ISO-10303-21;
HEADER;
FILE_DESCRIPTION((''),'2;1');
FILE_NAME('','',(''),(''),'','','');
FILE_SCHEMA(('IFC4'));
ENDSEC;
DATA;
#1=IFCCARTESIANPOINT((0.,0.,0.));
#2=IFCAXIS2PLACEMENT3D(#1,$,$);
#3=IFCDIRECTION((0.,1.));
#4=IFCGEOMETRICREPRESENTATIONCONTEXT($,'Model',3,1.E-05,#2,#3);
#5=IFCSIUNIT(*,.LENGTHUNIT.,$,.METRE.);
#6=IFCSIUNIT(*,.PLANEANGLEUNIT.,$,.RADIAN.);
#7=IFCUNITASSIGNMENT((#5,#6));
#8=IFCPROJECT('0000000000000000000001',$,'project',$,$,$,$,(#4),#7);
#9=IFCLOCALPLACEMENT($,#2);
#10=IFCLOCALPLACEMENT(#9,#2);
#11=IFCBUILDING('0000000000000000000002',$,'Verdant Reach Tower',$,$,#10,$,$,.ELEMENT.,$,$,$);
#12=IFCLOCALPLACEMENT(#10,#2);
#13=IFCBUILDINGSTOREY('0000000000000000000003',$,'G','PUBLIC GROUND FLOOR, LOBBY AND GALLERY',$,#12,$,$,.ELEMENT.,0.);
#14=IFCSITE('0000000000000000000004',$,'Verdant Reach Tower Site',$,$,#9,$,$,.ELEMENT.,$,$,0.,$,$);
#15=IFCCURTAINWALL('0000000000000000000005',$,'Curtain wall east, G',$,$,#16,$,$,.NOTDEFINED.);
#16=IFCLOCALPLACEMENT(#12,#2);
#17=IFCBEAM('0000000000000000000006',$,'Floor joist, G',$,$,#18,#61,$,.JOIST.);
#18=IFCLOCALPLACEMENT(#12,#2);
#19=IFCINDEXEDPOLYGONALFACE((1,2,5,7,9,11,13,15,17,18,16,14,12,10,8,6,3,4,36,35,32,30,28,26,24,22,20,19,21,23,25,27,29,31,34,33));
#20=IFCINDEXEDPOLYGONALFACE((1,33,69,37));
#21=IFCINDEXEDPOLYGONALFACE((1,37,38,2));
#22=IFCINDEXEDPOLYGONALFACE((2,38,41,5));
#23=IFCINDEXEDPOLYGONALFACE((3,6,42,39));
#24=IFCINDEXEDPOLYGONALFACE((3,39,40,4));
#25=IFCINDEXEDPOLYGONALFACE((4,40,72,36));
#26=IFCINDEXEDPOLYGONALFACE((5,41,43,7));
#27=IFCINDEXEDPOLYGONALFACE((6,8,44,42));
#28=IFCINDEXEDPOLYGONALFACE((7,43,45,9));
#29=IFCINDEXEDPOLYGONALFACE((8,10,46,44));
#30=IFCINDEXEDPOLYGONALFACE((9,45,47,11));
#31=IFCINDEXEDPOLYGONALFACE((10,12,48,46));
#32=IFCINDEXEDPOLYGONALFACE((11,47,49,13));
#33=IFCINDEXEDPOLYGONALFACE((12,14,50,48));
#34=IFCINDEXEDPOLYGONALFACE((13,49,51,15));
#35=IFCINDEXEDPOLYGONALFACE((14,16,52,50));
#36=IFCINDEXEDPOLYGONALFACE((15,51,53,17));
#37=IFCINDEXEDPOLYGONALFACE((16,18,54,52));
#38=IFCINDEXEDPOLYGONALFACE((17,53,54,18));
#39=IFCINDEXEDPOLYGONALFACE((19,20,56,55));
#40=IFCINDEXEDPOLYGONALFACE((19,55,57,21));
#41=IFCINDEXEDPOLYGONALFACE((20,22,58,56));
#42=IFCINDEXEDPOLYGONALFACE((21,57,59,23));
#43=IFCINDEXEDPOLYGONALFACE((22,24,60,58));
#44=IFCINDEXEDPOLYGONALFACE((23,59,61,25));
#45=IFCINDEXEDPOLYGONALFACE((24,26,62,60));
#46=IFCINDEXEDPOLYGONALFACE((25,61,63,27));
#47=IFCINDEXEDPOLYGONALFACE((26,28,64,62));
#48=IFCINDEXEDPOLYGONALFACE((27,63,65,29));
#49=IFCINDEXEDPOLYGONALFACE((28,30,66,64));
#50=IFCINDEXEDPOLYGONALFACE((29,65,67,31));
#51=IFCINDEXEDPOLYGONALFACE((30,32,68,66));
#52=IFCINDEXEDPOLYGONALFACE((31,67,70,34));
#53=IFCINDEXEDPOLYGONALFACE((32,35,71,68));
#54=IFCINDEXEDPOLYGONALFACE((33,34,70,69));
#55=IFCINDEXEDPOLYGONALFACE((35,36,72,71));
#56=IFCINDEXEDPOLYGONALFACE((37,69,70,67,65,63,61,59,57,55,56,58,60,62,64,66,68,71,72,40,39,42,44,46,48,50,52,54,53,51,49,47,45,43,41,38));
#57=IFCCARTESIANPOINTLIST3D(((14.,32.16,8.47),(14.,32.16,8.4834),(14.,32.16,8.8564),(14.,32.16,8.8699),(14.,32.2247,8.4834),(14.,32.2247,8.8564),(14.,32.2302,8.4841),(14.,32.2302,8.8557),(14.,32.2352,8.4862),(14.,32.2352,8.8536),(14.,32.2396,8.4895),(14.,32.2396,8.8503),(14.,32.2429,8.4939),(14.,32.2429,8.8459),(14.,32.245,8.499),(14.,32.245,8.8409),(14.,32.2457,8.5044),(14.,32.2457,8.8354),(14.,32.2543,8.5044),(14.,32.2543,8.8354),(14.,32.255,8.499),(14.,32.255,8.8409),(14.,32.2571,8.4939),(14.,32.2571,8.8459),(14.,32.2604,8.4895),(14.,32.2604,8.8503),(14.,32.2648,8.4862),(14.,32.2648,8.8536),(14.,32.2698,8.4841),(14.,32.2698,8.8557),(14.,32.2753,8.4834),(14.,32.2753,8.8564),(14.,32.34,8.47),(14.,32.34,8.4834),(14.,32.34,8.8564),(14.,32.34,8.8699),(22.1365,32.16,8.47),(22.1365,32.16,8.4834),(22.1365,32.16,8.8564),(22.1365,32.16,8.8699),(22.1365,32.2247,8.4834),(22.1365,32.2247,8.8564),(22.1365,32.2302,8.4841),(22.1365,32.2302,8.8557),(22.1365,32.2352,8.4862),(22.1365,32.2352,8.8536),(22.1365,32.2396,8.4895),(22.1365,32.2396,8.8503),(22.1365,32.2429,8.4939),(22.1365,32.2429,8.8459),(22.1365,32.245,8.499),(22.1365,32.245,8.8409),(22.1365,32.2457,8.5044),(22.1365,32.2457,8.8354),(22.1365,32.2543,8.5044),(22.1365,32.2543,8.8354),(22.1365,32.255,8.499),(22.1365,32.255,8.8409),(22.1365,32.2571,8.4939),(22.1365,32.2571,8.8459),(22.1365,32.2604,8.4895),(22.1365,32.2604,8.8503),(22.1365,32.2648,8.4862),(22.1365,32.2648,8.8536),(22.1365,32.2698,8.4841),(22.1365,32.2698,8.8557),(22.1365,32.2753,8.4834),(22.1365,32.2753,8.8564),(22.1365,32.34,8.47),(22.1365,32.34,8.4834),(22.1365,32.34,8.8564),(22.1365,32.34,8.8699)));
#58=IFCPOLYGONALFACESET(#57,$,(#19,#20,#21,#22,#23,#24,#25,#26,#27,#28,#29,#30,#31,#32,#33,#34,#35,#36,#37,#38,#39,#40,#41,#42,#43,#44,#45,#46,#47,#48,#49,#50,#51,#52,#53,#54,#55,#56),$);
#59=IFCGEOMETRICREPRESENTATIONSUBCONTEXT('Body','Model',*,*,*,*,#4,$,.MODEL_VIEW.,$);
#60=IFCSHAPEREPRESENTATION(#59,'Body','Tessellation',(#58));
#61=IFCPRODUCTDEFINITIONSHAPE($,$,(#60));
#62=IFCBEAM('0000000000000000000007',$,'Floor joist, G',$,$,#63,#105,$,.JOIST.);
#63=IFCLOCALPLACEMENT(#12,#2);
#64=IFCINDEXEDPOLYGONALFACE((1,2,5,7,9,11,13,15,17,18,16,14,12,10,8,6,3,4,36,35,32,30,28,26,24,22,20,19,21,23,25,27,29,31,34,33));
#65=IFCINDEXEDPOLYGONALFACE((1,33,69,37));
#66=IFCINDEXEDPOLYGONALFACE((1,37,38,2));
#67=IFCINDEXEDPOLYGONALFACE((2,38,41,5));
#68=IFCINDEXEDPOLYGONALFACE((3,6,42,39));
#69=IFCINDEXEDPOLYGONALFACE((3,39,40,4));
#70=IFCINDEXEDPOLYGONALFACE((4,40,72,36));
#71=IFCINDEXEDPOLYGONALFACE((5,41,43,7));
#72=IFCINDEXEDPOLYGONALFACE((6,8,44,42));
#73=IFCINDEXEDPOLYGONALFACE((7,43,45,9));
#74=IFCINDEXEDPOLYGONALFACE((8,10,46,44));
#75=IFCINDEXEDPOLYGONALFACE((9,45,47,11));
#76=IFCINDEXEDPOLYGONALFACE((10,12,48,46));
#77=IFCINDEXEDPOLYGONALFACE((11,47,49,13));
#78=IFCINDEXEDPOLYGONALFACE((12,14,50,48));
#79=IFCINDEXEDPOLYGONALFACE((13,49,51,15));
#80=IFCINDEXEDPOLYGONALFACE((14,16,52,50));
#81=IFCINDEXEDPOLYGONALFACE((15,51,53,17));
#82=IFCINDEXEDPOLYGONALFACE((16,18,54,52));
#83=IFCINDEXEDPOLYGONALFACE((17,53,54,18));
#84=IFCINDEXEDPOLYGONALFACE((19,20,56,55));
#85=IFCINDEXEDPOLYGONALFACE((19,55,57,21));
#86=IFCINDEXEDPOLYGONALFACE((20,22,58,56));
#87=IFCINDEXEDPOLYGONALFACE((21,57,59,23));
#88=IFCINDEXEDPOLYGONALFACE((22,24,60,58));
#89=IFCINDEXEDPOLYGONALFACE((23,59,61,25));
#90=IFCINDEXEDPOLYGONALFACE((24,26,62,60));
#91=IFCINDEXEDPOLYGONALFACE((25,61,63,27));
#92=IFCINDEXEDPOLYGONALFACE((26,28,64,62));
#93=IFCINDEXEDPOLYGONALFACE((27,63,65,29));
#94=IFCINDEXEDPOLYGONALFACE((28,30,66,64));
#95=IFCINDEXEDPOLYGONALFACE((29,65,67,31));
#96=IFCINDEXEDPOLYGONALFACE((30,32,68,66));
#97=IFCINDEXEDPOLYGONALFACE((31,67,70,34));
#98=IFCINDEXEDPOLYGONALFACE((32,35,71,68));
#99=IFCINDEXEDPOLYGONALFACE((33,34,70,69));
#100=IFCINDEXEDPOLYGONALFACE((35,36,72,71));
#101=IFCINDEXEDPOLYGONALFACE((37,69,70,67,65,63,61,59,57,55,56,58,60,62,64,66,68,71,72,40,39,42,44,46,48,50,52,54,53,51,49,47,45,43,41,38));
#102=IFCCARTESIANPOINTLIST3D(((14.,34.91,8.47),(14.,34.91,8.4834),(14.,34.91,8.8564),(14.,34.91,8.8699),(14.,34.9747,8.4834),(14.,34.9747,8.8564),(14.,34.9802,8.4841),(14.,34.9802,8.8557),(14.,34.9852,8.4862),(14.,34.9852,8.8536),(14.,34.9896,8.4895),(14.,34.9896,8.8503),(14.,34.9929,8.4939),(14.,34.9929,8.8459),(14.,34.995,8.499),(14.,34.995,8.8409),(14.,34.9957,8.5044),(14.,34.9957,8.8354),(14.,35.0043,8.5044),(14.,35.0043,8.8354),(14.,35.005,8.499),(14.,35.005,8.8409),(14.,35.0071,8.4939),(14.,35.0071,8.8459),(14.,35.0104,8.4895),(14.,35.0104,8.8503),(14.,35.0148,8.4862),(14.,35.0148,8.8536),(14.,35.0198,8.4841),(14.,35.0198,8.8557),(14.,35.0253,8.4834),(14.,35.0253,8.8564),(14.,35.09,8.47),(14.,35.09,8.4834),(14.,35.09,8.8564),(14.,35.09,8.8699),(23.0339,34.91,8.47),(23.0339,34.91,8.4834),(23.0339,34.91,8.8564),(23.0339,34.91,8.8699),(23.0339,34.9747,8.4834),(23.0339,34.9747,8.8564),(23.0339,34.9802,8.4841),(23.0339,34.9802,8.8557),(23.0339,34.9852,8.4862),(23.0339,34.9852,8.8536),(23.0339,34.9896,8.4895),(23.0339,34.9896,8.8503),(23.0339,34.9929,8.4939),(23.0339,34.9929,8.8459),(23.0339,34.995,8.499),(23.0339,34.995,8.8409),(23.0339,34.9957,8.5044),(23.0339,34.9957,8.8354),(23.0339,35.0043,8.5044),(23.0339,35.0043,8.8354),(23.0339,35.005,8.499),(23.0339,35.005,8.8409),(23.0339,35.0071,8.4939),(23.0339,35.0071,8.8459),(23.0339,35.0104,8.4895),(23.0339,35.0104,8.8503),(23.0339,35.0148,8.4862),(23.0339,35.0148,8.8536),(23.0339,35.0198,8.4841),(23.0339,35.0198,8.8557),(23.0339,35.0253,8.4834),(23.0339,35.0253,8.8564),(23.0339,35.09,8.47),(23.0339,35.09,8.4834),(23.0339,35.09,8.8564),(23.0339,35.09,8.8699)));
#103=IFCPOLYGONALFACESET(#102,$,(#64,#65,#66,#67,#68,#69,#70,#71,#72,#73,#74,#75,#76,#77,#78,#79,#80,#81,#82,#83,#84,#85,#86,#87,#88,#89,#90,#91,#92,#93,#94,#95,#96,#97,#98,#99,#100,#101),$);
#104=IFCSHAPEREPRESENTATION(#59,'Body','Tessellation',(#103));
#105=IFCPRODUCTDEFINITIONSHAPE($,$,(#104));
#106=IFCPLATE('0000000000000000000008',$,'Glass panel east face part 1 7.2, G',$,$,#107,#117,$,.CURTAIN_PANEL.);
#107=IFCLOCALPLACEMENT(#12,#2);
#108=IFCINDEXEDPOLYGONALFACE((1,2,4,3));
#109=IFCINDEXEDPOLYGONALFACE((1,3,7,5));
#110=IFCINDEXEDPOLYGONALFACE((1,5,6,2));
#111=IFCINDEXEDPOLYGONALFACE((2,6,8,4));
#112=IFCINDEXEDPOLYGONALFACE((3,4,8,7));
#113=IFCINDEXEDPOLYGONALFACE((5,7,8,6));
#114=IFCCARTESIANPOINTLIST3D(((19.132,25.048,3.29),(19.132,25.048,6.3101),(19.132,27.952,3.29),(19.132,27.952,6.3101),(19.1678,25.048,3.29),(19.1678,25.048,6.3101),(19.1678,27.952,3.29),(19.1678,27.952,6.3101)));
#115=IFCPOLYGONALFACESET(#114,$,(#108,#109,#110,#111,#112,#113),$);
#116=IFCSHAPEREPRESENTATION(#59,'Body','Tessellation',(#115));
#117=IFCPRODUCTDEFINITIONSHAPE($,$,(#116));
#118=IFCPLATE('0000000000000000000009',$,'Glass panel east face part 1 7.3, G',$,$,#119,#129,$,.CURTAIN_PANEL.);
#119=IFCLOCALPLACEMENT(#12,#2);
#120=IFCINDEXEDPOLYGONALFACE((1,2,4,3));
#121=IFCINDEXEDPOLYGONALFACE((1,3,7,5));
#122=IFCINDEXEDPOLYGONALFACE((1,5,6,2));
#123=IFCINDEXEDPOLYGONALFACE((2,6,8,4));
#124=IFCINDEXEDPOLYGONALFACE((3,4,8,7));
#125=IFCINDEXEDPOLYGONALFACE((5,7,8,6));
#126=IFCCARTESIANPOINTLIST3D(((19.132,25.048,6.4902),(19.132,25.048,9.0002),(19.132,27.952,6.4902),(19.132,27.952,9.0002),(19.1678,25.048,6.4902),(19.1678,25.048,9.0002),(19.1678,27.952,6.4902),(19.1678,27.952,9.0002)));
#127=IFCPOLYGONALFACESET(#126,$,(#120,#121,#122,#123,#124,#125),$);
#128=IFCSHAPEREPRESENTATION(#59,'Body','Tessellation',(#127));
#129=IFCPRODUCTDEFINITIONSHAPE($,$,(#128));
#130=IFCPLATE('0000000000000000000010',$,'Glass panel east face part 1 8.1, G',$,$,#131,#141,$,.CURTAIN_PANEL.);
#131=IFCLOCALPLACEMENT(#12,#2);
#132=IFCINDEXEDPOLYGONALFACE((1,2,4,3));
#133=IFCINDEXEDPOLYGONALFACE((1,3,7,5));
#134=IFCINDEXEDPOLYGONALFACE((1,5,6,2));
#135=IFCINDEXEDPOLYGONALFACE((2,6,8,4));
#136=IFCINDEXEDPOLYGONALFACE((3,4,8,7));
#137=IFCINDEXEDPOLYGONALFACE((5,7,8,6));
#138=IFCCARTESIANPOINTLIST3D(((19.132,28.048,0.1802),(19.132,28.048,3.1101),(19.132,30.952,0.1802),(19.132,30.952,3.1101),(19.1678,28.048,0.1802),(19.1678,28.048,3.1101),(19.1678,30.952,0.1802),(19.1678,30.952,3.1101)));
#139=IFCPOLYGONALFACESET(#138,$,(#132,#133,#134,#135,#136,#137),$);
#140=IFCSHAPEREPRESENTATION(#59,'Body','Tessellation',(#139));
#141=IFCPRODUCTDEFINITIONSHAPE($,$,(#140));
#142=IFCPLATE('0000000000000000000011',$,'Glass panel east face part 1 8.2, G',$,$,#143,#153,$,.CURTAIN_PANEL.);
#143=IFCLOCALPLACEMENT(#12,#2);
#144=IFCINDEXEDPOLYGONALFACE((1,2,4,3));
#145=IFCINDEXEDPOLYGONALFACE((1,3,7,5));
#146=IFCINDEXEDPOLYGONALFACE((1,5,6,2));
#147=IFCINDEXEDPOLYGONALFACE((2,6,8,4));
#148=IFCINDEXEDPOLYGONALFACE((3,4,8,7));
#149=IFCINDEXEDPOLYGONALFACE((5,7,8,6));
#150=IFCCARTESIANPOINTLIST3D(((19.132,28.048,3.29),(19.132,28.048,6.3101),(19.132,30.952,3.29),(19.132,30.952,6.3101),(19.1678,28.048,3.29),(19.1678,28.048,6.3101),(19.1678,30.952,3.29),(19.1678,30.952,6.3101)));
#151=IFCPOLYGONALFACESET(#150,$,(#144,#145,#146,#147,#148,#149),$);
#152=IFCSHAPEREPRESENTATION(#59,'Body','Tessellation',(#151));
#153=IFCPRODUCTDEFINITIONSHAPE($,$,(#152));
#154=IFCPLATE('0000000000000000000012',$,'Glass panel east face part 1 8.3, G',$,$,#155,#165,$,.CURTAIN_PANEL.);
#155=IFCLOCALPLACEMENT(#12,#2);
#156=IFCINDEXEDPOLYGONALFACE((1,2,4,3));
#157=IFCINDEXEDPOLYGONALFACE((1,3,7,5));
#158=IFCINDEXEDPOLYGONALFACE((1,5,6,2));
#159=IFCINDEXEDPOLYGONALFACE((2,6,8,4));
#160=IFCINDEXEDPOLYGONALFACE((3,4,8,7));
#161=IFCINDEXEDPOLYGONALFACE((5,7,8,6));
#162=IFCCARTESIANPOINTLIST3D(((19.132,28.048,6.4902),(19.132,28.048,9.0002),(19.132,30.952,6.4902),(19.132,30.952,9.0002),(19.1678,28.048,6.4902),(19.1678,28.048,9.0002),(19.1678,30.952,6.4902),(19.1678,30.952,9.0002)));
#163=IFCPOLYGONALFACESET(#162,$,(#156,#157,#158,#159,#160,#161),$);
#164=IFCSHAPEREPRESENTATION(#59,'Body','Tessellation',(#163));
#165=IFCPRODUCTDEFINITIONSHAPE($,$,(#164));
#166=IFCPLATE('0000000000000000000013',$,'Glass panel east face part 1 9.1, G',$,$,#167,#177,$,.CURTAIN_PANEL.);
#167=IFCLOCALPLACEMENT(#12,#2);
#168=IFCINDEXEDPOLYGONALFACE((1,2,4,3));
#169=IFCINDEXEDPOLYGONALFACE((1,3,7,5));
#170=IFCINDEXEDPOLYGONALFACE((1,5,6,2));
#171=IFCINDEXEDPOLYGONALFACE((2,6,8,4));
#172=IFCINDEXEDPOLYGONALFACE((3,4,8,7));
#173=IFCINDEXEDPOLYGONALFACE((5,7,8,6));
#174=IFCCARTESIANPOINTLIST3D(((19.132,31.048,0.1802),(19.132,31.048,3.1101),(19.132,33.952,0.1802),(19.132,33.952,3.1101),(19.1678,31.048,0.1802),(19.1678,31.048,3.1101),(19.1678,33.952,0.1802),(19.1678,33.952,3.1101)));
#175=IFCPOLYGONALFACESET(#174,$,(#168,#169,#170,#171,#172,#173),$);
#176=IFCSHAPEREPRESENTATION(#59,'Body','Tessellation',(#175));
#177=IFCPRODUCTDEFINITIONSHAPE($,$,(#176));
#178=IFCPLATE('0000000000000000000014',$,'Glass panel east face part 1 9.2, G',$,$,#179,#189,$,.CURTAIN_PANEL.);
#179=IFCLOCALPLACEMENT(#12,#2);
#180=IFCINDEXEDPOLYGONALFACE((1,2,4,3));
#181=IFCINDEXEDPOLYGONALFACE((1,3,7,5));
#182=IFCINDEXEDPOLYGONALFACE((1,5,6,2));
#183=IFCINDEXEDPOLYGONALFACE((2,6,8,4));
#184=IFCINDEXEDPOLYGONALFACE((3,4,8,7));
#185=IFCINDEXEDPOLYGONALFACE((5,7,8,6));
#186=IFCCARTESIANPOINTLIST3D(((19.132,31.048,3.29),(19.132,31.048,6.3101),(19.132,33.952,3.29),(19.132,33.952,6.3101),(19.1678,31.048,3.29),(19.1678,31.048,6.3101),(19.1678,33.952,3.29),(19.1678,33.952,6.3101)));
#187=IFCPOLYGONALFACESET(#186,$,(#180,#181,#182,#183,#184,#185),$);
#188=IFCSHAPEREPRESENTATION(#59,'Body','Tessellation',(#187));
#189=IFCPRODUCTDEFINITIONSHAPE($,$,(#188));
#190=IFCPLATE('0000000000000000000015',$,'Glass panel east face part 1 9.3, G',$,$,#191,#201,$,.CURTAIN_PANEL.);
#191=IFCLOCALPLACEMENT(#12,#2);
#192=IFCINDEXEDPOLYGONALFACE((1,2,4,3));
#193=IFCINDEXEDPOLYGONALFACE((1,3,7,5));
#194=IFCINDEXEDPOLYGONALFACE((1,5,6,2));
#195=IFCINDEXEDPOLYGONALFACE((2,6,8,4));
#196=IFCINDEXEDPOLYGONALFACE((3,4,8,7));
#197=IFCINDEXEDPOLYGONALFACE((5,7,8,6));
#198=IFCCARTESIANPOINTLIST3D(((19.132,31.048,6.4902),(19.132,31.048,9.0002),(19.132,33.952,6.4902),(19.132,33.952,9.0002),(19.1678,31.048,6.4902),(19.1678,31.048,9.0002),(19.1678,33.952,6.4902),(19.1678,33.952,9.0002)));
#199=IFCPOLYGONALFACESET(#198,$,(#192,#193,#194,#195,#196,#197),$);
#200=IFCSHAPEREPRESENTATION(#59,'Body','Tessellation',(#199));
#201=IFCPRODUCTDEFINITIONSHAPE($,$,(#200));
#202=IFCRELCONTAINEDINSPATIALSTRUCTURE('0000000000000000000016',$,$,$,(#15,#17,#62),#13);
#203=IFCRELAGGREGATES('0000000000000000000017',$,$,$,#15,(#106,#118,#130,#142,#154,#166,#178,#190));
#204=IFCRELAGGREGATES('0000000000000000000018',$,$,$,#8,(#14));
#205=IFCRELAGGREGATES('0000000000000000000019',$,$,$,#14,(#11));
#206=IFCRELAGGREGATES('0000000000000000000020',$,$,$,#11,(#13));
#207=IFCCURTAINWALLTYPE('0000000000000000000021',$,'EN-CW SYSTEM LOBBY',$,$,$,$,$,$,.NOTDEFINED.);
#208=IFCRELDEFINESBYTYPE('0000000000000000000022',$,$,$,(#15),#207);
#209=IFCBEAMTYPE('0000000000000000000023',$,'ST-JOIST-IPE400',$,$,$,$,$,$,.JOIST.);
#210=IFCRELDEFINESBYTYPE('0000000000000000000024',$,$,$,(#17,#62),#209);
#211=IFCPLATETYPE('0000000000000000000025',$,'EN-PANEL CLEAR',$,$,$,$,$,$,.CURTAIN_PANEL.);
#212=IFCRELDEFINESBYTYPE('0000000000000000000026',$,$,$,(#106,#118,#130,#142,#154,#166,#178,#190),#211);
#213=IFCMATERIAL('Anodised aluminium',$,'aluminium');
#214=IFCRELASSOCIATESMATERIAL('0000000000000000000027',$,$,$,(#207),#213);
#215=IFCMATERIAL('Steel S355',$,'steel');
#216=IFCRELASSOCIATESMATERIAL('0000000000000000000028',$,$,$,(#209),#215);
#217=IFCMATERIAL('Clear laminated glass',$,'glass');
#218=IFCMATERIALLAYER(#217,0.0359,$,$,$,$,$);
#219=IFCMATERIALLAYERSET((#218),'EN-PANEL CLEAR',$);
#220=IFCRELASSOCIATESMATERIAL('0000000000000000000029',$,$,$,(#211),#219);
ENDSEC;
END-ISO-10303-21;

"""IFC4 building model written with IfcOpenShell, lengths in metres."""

from ifc_helpers import new_model, si_unit, direction, frame, origin, origin_2d, place, context, subcontext, project, spatial, rectangle, i_section, extrude, material, layer, layer_set, material_profile, profile_set, type_object, element, aggregate, save


model = new_model("IFC4")

# Units and contexts
model_context = context("Model", 3, precision=1e-05, world=origin(), true_north=direction((0.0, 1.0)))
body_context = subcontext(model_context, "Body", "Model", "MODEL_VIEW")
ifc_project = project(units=[si_unit("LENGTHUNIT", "METRE"), si_unit("PLANEANGLEUNIT", "RADIAN")], contexts=[model_context])

# Site, building, storey
site_placement = place(None, origin())
site = spatial("IfcSite", under=ifc_project, at=site_placement, Name="Verdant Reach Tower Site", CompositionType="ELEMENT", RefElevation=0.0)
building_placement = place(site_placement, origin())
building = spatial("IfcBuilding", under=site, at=building_placement, Name="Verdant Reach Tower", CompositionType="ELEMENT")
storey_placement = place(building_placement, origin())
storey = spatial("IfcBuildingStorey", under=building, at=storey_placement, Name="G", Description="PUBLIC GROUND FLOOR, LOBBY AND GALLERY", CompositionType="ELEMENT", Elevation=0.0)

# Curtain wall
ifc_material_1 = material(Name="Anodised aluminium", Category="aluminium")
curtain_wall_type = type_object("IfcCurtainWallType", Name="EN-CW SYSTEM LOBBY", PredefinedType="NOTDEFINED", material=ifc_material_1)
curtain_wall_placement = place(storey_placement, origin())
curtain_wall = element("IfcCurtainWall", 1, at=curtain_wall_placement, inside=storey, type_object=curtain_wall_type, Name="Curtain wall east, G", PredefinedType="NOTDEFINED")

# Beams
ifc_material_2 = material(Name="Steel S355", Category="steel")
ifc_material_profile_1 = material_profile(ifc_material_2, i_section(OverallWidth=0.1799, OverallDepth=0.3999, WebThickness=0.0085, FlangeThickness=0.0134, FilletRadius=0.021, at=origin_2d()), Name="IPE 400")
ifc_profile_set_1 = profile_set([ifc_material_profile_1], Name="Steel S355")
beam_type_1 = type_object("IfcBeamType", Name="ST-JOIST-IPE400", PredefinedType="JOIST", material=ifc_profile_set_1)
beam_1_placement = place(storey_placement, frame((14.0, 32.25, 8.6699), z_axis=(1.0, 0.0, 0.0), x_axis=(0.0, 1.0, 0.0)))
element("IfcBeam", 2, at=beam_1_placement, inside=storey, type_object=beam_type_1, Name="Floor joist, G", PredefinedType="JOIST", context=body_context, shape_type="SweptSolid", body=[
    extrude(i_section(OverallWidth=0.1799, OverallDepth=0.3999, WebThickness=0.0085, FlangeThickness=0.0134, FilletRadius=0.021, at=origin_2d()), origin(), (0.0, 0.0, 1.0), 8.1365),
])
beam_2_placement = place(storey_placement, frame((14.0, 35.0, 8.6699), z_axis=(1.0, 0.0, 0.0), x_axis=(0.0, 1.0, 0.0)))
element("IfcBeam", 3, at=beam_2_placement, inside=storey, type_object=beam_type_1, Name="Floor joist, G", PredefinedType="JOIST", context=body_context, shape_type="SweptSolid", body=[
    extrude(i_section(OverallWidth=0.1799, OverallDepth=0.3999, WebThickness=0.0085, FlangeThickness=0.0134, FilletRadius=0.021, at=origin_2d()), origin(), (0.0, 0.0, 1.0), 9.0339),
])

# Plates
ifc_material_3 = material(Name="Clear laminated glass", Category="glass")
ifc_layer_1 = layer(ifc_material_3, 0.0359)
ifc_layer_set_1 = layer_set([ifc_layer_1], Name="EN-PANEL CLEAR")
plate_type = type_object("IfcPlateType", Name="EN-PANEL CLEAR", PredefinedType="CURTAIN_PANEL", material=ifc_layer_set_1)
plate_1_placement = place(storey_placement, frame((19.1499, 26.5, 3.29), z_axis=(0.0, 0.0, 1.0), x_axis=(0.0, 1.0, 0.0)))
plate_1 = element("IfcPlate", 4, at=plate_1_placement, type_object=plate_type, Name="Glass panel east face part 1 7.2, G", PredefinedType="CURTAIN_PANEL", context=body_context, shape_type="SweptSolid", body=[
    extrude(rectangle(XDim=2.9041, YDim=0.0359, at=origin_2d()), origin(), (0.0, 0.0, 1.0), 3.02),
])
plate_2_placement = place(storey_placement, frame((19.1499, 26.5, 6.4902), z_axis=(0.0, 0.0, 1.0), x_axis=(0.0, 1.0, 0.0)))
plate_2 = element("IfcPlate", 5, at=plate_2_placement, type_object=plate_type, Name="Glass panel east face part 1 7.3, G", PredefinedType="CURTAIN_PANEL", context=body_context, shape_type="SweptSolid", body=[
    extrude(rectangle(XDim=2.9041, YDim=0.0359, at=origin_2d()), origin(), (0.0, 0.0, 1.0), 2.51),
])
plate_3_placement = place(storey_placement, frame((19.1499, 29.5, 0.1802), z_axis=(0.0, 0.0, 1.0), x_axis=(0.0, 1.0, 0.0)))
plate_3 = element("IfcPlate", 6, at=plate_3_placement, type_object=plate_type, Name="Glass panel east face part 1 8.1, G", PredefinedType="CURTAIN_PANEL", context=body_context, shape_type="SweptSolid", body=[
    extrude(rectangle(XDim=2.9041, YDim=0.0359, at=origin_2d()), origin(), (0.0, 0.0, 1.0), 2.9299),
])
plate_4_placement = place(storey_placement, frame((19.1499, 29.5, 3.29), z_axis=(0.0, 0.0, 1.0), x_axis=(0.0, 1.0, 0.0)))
plate_4 = element("IfcPlate", 7, at=plate_4_placement, type_object=plate_type, Name="Glass panel east face part 1 8.2, G", PredefinedType="CURTAIN_PANEL", context=body_context, shape_type="SweptSolid", body=[
    extrude(rectangle(XDim=2.9041, YDim=0.0359, at=origin_2d()), origin(), (0.0, 0.0, 1.0), 3.02),
])
plate_5_placement = place(storey_placement, frame((19.1499, 29.5, 6.4902), z_axis=(0.0, 0.0, 1.0), x_axis=(0.0, 1.0, 0.0)))
plate_5 = element("IfcPlate", 8, at=plate_5_placement, type_object=plate_type, Name="Glass panel east face part 1 8.3, G", PredefinedType="CURTAIN_PANEL", context=body_context, shape_type="SweptSolid", body=[
    extrude(rectangle(XDim=2.9041, YDim=0.0359, at=origin_2d()), origin(), (0.0, 0.0, 1.0), 2.51),
])
plate_6_placement = place(storey_placement, frame((19.1499, 32.5, 0.1802), z_axis=(0.0, 0.0, 1.0), x_axis=(0.0, 1.0, 0.0)))
plate_6 = element("IfcPlate", 9, at=plate_6_placement, type_object=plate_type, Name="Glass panel east face part 1 9.1, G", PredefinedType="CURTAIN_PANEL", context=body_context, shape_type="SweptSolid", body=[
    extrude(rectangle(XDim=2.9041, YDim=0.0359, at=origin_2d()), origin(), (0.0, 0.0, 1.0), 2.9299),
])
plate_7_placement = place(storey_placement, frame((19.1499, 32.5, 3.29), z_axis=(0.0, 0.0, 1.0), x_axis=(0.0, 1.0, 0.0)))
plate_7 = element("IfcPlate", 10, at=plate_7_placement, type_object=plate_type, Name="Glass panel east face part 1 9.2, G", PredefinedType="CURTAIN_PANEL", context=body_context, shape_type="SweptSolid", body=[
    extrude(rectangle(XDim=2.9041, YDim=0.0359, at=origin_2d()), origin(), (0.0, 0.0, 1.0), 3.02),
])
plate_8_placement = place(storey_placement, frame((19.1499, 32.5, 6.4902), z_axis=(0.0, 0.0, 1.0), x_axis=(0.0, 1.0, 0.0)))
plate_8 = element("IfcPlate", 11, at=plate_8_placement, type_object=plate_type, Name="Glass panel east face part 1 9.3, G", PredefinedType="CURTAIN_PANEL", context=body_context, shape_type="SweptSolid", body=[
    extrude(rectangle(XDim=2.9041, YDim=0.0359, at=origin_2d()), origin(), (0.0, 0.0, 1.0), 2.51),
])
aggregate(curtain_wall, [plate_1, plate_2, plate_3, plate_4, plate_5, plate_6, plate_7, plate_8])

save(model, "model.ifc")
